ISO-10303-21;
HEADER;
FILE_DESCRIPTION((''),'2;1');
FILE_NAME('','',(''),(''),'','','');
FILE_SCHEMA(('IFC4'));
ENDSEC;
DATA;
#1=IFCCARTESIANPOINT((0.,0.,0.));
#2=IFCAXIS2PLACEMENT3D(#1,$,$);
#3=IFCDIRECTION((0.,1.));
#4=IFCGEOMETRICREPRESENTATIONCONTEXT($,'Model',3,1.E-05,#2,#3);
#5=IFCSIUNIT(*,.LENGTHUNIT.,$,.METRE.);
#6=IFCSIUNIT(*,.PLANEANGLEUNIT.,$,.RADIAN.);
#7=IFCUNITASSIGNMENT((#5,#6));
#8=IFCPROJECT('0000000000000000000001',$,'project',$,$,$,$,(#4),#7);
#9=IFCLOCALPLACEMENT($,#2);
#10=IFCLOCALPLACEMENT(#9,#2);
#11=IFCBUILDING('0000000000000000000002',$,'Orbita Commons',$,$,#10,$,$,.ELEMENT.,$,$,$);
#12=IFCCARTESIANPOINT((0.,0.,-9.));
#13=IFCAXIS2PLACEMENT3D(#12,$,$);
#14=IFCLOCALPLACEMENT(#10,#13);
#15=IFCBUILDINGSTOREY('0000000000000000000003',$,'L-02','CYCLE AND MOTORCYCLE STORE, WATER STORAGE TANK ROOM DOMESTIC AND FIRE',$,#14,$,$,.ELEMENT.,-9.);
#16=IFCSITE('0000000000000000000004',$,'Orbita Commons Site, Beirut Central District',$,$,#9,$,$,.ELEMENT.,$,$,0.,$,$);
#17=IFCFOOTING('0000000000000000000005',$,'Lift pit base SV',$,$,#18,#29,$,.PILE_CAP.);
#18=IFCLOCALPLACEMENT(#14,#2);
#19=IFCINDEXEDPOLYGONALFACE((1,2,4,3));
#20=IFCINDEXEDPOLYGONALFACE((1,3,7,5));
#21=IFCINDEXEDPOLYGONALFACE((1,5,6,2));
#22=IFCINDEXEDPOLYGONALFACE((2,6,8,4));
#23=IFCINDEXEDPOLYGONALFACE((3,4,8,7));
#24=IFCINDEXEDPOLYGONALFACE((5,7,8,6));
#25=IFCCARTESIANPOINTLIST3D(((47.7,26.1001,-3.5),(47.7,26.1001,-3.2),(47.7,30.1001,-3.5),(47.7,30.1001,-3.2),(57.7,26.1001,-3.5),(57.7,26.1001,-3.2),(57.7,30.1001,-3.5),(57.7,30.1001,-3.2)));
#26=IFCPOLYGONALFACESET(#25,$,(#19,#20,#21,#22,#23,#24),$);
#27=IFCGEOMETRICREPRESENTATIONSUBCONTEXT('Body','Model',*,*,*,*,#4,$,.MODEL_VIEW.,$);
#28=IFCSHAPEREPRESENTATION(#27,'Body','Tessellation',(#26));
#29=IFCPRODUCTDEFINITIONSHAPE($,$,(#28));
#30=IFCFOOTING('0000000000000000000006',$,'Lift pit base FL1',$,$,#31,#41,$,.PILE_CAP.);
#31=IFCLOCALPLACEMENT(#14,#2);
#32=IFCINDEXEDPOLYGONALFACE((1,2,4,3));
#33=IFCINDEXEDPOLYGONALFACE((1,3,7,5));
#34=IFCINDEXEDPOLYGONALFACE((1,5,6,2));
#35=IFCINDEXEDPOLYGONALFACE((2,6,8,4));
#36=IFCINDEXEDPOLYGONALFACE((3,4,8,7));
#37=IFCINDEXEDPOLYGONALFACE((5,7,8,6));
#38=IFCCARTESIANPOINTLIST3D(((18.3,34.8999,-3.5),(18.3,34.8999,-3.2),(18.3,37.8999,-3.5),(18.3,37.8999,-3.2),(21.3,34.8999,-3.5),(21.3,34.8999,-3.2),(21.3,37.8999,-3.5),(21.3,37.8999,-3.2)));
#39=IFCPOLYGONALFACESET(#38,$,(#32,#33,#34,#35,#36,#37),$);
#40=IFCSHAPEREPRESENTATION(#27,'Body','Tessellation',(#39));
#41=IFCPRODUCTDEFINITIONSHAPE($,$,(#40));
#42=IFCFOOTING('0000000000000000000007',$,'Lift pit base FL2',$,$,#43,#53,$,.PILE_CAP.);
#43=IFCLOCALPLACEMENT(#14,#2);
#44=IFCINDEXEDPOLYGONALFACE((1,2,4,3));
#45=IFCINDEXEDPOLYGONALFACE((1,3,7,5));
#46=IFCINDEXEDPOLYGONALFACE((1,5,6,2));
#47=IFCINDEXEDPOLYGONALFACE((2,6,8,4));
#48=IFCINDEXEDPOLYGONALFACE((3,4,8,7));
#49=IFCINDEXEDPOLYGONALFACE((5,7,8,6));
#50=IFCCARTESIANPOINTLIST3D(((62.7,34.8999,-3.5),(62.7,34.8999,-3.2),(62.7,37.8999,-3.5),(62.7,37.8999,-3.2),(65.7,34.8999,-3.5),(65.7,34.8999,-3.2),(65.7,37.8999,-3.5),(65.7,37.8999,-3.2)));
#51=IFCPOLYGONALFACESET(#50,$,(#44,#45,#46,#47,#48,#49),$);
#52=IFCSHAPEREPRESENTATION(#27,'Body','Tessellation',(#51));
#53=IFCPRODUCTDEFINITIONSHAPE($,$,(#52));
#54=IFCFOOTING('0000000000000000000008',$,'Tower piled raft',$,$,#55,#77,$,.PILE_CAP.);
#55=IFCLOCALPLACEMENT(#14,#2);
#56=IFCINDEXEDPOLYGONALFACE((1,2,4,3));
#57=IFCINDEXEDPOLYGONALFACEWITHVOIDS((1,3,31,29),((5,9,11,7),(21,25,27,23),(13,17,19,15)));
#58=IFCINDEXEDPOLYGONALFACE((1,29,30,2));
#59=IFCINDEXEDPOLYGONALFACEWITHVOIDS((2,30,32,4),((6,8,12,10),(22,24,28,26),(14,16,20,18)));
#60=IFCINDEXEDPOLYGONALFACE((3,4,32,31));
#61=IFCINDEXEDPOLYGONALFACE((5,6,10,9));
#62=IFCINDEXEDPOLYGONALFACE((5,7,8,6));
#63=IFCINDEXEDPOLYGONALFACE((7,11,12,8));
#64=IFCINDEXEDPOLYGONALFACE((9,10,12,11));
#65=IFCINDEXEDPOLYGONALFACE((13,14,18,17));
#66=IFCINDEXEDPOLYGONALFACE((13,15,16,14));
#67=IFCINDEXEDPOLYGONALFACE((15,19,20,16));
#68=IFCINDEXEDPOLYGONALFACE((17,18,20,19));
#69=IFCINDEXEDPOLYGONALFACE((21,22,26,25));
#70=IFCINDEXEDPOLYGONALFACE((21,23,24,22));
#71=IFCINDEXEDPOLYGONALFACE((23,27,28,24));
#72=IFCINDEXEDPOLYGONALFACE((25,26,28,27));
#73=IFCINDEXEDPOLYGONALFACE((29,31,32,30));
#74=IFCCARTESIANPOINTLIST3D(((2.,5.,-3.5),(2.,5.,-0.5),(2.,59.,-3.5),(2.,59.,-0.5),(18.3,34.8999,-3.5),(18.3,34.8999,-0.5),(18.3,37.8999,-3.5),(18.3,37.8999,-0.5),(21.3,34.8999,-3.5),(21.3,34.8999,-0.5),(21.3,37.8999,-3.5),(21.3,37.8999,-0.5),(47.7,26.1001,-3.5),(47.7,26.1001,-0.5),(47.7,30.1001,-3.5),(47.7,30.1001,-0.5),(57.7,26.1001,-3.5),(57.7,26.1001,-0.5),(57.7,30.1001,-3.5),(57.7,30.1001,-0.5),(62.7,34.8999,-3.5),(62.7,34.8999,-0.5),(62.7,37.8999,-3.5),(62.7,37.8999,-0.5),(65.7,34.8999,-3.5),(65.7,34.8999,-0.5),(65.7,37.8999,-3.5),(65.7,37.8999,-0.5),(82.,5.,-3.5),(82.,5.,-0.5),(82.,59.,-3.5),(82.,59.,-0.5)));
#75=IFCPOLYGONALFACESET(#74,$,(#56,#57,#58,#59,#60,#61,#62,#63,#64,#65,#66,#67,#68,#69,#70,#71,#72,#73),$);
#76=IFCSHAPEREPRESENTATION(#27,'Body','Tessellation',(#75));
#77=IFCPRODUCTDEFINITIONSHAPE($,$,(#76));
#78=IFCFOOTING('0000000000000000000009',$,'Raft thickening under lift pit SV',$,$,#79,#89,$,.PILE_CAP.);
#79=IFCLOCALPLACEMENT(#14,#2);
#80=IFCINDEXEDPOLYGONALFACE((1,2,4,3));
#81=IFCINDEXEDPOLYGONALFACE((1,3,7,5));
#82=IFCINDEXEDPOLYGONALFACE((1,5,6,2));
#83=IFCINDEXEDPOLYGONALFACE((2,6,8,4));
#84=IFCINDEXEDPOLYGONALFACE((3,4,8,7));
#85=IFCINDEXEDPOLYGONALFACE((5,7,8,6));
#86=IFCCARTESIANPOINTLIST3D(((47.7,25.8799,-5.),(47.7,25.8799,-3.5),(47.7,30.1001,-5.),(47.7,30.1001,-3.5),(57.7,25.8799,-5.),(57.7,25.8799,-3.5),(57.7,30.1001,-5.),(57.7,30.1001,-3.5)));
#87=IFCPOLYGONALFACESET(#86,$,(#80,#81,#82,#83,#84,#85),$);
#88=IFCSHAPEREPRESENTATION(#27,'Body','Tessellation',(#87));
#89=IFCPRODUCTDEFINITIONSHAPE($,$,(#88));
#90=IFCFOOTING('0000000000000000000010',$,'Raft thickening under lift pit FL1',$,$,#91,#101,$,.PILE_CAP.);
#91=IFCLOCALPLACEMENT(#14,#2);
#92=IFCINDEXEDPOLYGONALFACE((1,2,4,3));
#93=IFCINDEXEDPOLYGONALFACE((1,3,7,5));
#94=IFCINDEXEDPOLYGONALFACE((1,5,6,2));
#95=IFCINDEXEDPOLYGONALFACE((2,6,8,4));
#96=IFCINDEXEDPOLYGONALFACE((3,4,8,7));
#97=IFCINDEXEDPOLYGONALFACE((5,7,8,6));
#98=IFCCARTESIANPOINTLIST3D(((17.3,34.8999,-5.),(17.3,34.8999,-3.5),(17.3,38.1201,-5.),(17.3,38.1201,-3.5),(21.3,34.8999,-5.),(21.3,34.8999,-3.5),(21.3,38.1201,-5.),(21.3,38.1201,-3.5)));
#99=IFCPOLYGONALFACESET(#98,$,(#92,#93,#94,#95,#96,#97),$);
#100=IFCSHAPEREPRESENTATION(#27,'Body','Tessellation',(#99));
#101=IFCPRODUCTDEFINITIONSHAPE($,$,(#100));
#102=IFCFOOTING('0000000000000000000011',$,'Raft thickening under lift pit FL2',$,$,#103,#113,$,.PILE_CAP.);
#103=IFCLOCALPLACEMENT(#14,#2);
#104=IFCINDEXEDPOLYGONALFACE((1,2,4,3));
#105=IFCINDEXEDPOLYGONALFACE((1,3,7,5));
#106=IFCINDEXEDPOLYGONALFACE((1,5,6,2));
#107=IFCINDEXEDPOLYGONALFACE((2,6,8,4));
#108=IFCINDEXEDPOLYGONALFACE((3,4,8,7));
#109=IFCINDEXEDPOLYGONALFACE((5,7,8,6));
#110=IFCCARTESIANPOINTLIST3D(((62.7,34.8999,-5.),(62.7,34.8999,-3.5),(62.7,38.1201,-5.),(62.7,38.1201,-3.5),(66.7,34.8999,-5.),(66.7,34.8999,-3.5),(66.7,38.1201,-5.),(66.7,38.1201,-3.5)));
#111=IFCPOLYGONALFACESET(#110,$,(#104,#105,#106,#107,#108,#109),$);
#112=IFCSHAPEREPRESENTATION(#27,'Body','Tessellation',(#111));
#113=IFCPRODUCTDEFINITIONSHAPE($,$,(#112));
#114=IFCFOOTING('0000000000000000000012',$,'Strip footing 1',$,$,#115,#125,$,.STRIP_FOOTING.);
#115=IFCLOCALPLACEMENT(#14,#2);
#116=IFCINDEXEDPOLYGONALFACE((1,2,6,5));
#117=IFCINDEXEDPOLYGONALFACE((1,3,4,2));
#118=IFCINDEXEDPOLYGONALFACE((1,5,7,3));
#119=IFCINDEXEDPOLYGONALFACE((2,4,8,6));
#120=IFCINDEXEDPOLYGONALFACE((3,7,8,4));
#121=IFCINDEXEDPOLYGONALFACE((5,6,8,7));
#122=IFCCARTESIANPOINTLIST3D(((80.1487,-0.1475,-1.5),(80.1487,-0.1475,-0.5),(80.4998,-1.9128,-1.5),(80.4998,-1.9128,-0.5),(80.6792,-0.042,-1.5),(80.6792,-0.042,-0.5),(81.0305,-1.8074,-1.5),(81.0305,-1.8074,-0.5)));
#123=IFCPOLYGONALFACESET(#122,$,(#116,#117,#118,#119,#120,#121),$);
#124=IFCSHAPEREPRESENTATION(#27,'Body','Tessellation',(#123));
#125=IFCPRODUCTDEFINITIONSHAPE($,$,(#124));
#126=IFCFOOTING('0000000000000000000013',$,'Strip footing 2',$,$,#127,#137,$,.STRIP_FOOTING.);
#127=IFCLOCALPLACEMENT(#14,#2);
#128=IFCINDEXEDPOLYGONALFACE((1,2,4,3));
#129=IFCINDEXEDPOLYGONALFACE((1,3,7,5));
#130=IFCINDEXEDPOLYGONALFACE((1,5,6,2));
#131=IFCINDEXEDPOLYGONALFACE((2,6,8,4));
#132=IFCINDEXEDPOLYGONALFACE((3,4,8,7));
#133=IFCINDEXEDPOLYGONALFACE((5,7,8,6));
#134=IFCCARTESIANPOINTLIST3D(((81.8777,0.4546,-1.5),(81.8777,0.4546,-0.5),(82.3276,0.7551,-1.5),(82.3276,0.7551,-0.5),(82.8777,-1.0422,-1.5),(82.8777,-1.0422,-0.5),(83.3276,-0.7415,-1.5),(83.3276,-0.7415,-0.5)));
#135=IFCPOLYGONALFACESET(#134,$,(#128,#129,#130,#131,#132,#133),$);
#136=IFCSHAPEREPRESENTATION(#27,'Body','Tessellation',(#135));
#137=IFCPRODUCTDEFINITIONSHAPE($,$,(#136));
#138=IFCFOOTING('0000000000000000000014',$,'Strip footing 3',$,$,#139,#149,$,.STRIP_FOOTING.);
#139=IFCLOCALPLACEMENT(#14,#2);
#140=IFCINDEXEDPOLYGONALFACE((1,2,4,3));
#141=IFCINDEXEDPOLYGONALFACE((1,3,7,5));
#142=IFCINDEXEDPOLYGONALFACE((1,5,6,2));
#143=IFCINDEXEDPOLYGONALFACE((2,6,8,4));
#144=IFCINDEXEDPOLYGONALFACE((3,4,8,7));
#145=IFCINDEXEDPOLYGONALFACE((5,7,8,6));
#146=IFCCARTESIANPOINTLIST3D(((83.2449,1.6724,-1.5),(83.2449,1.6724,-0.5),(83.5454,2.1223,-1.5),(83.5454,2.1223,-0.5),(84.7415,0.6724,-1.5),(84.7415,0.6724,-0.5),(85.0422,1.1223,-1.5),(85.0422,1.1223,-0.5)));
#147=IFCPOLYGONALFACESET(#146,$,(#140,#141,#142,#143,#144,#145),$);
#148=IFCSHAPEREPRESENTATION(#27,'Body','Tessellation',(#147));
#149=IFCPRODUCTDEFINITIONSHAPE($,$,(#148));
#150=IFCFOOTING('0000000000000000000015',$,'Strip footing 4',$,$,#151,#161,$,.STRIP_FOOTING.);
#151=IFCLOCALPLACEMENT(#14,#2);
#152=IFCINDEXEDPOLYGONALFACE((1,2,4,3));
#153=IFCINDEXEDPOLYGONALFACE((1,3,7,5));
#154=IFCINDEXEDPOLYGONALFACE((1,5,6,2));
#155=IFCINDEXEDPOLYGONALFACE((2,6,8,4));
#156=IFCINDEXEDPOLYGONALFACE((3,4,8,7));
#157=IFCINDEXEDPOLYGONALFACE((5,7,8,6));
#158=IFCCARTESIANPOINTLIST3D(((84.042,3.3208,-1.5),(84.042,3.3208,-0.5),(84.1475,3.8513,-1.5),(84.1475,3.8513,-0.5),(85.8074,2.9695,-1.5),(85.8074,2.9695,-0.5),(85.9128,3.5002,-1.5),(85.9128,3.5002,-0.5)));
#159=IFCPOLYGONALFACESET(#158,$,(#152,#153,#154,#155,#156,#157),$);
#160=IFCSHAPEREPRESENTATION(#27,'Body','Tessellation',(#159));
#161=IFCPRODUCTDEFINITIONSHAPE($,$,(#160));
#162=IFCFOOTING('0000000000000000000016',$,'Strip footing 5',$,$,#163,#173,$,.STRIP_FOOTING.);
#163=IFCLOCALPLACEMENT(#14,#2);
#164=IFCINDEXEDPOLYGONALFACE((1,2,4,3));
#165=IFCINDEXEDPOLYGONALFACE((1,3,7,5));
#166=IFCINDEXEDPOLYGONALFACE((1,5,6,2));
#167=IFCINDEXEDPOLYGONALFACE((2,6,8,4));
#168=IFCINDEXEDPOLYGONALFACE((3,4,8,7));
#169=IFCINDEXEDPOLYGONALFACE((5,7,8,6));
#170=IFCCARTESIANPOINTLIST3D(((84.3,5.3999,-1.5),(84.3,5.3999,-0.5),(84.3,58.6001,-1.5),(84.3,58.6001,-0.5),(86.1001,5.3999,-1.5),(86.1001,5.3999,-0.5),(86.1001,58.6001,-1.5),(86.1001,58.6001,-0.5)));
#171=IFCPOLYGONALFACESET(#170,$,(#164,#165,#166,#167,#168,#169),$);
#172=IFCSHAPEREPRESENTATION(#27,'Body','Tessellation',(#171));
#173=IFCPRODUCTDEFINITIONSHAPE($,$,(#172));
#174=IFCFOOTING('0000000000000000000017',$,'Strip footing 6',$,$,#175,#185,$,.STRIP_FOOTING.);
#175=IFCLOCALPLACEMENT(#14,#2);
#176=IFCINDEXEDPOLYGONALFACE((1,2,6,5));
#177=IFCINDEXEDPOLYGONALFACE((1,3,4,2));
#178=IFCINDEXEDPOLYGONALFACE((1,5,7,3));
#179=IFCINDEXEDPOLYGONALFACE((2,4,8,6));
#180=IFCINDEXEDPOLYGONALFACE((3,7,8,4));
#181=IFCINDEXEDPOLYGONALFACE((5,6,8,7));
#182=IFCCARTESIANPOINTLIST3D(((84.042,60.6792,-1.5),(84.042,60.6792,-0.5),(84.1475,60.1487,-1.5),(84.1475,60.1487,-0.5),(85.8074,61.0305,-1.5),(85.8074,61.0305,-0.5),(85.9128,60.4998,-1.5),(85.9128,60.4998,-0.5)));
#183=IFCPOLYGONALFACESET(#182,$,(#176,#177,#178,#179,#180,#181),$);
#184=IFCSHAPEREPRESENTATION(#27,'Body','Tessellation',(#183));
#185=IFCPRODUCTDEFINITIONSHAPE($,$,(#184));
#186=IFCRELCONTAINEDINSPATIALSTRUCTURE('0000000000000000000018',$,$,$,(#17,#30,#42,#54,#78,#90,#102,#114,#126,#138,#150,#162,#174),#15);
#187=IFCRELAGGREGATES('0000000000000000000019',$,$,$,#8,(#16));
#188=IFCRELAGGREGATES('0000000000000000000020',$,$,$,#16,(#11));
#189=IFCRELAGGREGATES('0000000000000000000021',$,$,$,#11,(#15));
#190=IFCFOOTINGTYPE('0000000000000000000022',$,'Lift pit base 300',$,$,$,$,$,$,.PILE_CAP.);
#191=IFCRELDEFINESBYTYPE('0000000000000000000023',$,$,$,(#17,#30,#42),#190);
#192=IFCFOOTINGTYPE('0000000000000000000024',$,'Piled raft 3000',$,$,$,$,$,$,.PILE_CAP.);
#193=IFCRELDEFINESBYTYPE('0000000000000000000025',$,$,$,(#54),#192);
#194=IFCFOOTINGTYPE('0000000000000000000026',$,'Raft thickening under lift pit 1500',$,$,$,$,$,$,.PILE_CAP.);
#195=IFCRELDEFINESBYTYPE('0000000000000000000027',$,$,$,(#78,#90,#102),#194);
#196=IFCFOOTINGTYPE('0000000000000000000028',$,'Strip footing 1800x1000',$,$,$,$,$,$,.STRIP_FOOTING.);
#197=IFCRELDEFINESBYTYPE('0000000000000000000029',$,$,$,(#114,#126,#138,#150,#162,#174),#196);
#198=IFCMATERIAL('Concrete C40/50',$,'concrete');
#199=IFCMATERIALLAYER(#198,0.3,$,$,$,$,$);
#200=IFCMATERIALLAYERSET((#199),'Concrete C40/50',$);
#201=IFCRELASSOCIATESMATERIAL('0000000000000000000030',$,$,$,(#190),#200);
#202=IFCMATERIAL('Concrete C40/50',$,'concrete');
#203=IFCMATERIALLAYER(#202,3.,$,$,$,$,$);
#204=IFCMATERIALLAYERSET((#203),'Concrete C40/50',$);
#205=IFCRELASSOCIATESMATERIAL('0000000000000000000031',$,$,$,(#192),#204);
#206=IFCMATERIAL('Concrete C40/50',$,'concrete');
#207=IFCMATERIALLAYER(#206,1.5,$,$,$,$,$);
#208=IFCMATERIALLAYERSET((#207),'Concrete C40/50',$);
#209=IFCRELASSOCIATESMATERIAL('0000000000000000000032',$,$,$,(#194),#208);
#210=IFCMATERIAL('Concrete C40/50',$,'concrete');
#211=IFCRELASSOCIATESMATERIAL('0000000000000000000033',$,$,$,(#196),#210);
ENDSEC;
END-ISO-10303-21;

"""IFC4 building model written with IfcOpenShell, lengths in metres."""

from ifc_helpers import new_model, si_unit, direction, frame, origin, place, context, subcontext, project, spatial, polyline, outline, extrude, material, layer, layer_set, type_object, element, save


model = new_model("IFC4")

# Units and contexts
model_context = context("Model", 3, precision=1e-05, world=origin(), true_north=direction((0.0, 1.0)))
body_context = subcontext(model_context, "Body", "Model", "MODEL_VIEW")
ifc_project = project(units=[si_unit("LENGTHUNIT", "METRE"), si_unit("PLANEANGLEUNIT", "RADIAN")], contexts=[model_context])

# Site, building, storey
site_placement = place(None, origin())
site = spatial("IfcSite", under=ifc_project, at=site_placement, Name="Orbita Commons Site, Beirut Central District", CompositionType="ELEMENT", RefElevation=0.0)
building_placement = place(site_placement, origin())
building = spatial("IfcBuilding", under=site, at=building_placement, Name="Orbita Commons", CompositionType="ELEMENT")
storey_placement = place(building_placement, frame((0.0, 0.0, -9.0)))
storey = spatial("IfcBuildingStorey", under=building, at=storey_placement, Name="L-02", Description="CYCLE AND MOTORCYCLE STORE, WATER STORAGE TANK ROOM DOMESTIC AND FIRE", CompositionType="ELEMENT", Elevation=-9.0)

# Footings
ifc_material_1 = material(Name="Concrete C40/50", Category="concrete")
ifc_layer_1 = layer(ifc_material_1, 0.3)
ifc_layer_set_1 = layer_set([ifc_layer_1], Name="Concrete C40/50")
footing_type_1 = type_object("IfcFootingType", Name="Lift pit base 300", PredefinedType="PILE_CAP", material=ifc_layer_set_1)
footing_1_placement = place(storey_placement, frame((0.0, 0.0, -3.5)))
element("IfcFooting", 1, at=footing_1_placement, inside=storey, type_object=footing_type_1, Name="Lift pit base SV", PredefinedType="PILE_CAP", context=body_context, shape_type="SweptSolid", body=[
    extrude(outline(polyline([(47.7, 26.1001), (57.7, 26.1001), (57.7, 30.1001), (47.7, 30.1001), (47.7, 26.1001)])), origin(), (0.0, 0.0, 1.0), 0.3),
])
footing_2_placement = place(storey_placement, frame((0.0, 0.0, -3.5)))
element("IfcFooting", 2, at=footing_2_placement, inside=storey, type_object=footing_type_1, Name="Lift pit base FL1", PredefinedType="PILE_CAP", context=body_context, shape_type="SweptSolid", body=[
    extrude(outline(polyline([(18.3, 34.8999), (21.3, 34.8999), (21.3, 37.8999), (18.3, 37.8999), (18.3, 34.8999)])), origin(), (0.0, 0.0, 1.0), 0.3),
])
footing_3_placement = place(storey_placement, frame((0.0, 0.0, -3.5)))
element("IfcFooting", 3, at=footing_3_placement, inside=storey, type_object=footing_type_1, Name="Lift pit base FL2", PredefinedType="PILE_CAP", context=body_context, shape_type="SweptSolid", body=[
    extrude(outline(polyline([(62.7, 34.8999), (65.7, 34.8999), (65.7, 37.8999), (62.7, 37.8999), (62.7, 34.8999)])), origin(), (0.0, 0.0, 1.0), 0.3),
])
ifc_material_2 = material(Name="Concrete C40/50", Category="concrete")
ifc_layer_2 = layer(ifc_material_2, 3.0)
ifc_layer_set_2 = layer_set([ifc_layer_2], Name="Concrete C40/50")
footing_type_2 = type_object("IfcFootingType", Name="Piled raft 3000", PredefinedType="PILE_CAP", material=ifc_layer_set_2)
footing_4_placement = place(storey_placement, frame((0.0, 0.0, -3.5)))
element("IfcFooting", 4, at=footing_4_placement, inside=storey, type_object=footing_type_2, Name="Tower piled raft", PredefinedType="PILE_CAP", context=body_context, shape_type="SweptSolid", body=[
    extrude(outline(polyline([(2.0, 5.0), (82.0, 5.0), (82.0, 59.0), (2.0, 59.0), (2.0, 5.0)]), holes=[polyline([(47.7, 26.1001), (57.7, 26.1001), (57.7, 30.1001), (47.7, 30.1001), (47.7, 26.1001)]), polyline([(18.3, 34.8999), (21.3, 34.8999), (21.3, 37.8999), (18.3, 37.8999), (18.3, 34.8999)]), polyline([(62.7, 34.8999), (65.7, 34.8999), (65.7, 37.8999), (62.7, 37.8999), (62.7, 34.8999)])]), origin(), (0.0, 0.0, 1.0), 3.0),
])
ifc_material_3 = material(Name="Concrete C40/50", Category="concrete")
ifc_layer_3 = layer(ifc_material_3, 1.5)
ifc_layer_set_3 = layer_set([ifc_layer_3], Name="Concrete C40/50")
footing_type_3 = type_object("IfcFootingType", Name="Raft thickening under lift pit 1500", PredefinedType="PILE_CAP", material=ifc_layer_set_3)
footing_5_placement = place(storey_placement, frame((0.0, 0.0, -5.0)))
element("IfcFooting", 5, at=footing_5_placement, inside=storey, type_object=footing_type_3, Name="Raft thickening under lift pit SV", PredefinedType="PILE_CAP", context=body_context, shape_type="SweptSolid", body=[
    extrude(outline(polyline([(47.7, 25.8799), (57.7, 25.8799), (57.7, 30.1001), (47.7, 30.1001), (47.7, 25.8799)])), origin(), (0.0, 0.0, 1.0), 1.5),
])
footing_6_placement = place(storey_placement, frame((0.0, 0.0, -5.0)))
element("IfcFooting", 6, at=footing_6_placement, inside=storey, type_object=footing_type_3, Name="Raft thickening under lift pit FL1", PredefinedType="PILE_CAP", context=body_context, shape_type="SweptSolid", body=[
    extrude(outline(polyline([(17.3, 34.8999), (21.3, 34.8999), (21.3, 38.1201), (17.3, 38.1201), (17.3, 34.8999)])), origin(), (0.0, 0.0, 1.0), 1.5),
])
footing_7_placement = place(storey_placement, frame((0.0, 0.0, -5.0)))
element("IfcFooting", 7, at=footing_7_placement, inside=storey, type_object=footing_type_3, Name="Raft thickening under lift pit FL2", PredefinedType="PILE_CAP", context=body_context, shape_type="SweptSolid", body=[
    extrude(outline(polyline([(62.7, 34.8999), (66.7, 34.8999), (66.7, 38.1201), (62.7, 38.1201), (62.7, 34.8999)])), origin(), (0.0, 0.0, 1.0), 1.5),
])
ifc_material_4 = material(Name="Concrete C40/50", Category="concrete")
footing_type_4 = type_object("IfcFootingType", Name="Strip footing 1800x1000", PredefinedType="STRIP_FOOTING", material=ifc_material_4)
footing_8_placement = place(storey_placement, frame((0.0, 0.0, -1.5)))
element("IfcFooting", 8, at=footing_8_placement, inside=storey, type_object=footing_type_4, Name="Strip footing 1", PredefinedType="STRIP_FOOTING", context=body_context, shape_type="SweptSolid", body=[
    extrude(outline(polyline([(80.4998, -1.9128), (81.0305, -1.8074), (80.6792, -0.042), (80.1487, -0.1475), (80.4998, -1.9128)])), origin(), (0.0, 0.0, 1.0), 1.0),
])
footing_9_placement = place(storey_placement, frame((0.0, 0.0, -1.5)))
element("IfcFooting", 9, at=footing_9_placement, inside=storey, type_object=footing_type_4, Name="Strip footing 2", PredefinedType="STRIP_FOOTING", context=body_context, shape_type="SweptSolid", body=[
    extrude(outline(polyline([(82.8777, -1.0422), (83.3276, -0.7415), (82.3276, 0.7551), (81.8777, 0.4546), (82.8777, -1.0422)])), origin(), (0.0, 0.0, 1.0), 1.0),
])
footing_10_placement = place(storey_placement, frame((0.0, 0.0, -1.5)))
element("IfcFooting", 10, at=footing_10_placement, inside=storey, type_object=footing_type_4, Name="Strip footing 3", PredefinedType="STRIP_FOOTING", context=body_context, shape_type="SweptSolid", body=[
    extrude(outline(polyline([(84.7415, 0.6724), (85.0422, 1.1223), (83.5454, 2.1223), (83.2449, 1.6724), (84.7415, 0.6724)])), origin(), (0.0, 0.0, 1.0), 1.0),
])
footing_11_placement = place(storey_placement, frame((0.0, 0.0, -1.5)))
element("IfcFooting", 11, at=footing_11_placement, inside=storey, type_object=footing_type_4, Name="Strip footing 4", PredefinedType="STRIP_FOOTING", context=body_context, shape_type="SweptSolid", body=[
    extrude(outline(polyline([(85.8074, 2.9695), (85.9128, 3.5002), (84.1475, 3.8513), (84.042, 3.3208), (85.8074, 2.9695)])), origin(), (0.0, 0.0, 1.0), 1.0),
])
footing_12_placement = place(storey_placement, frame((0.0, 0.0, -1.5)))
element("IfcFooting", 12, at=footing_12_placement, inside=storey, type_object=footing_type_4, Name="Strip footing 5", PredefinedType="STRIP_FOOTING", context=body_context, shape_type="SweptSolid", body=[
    extrude(outline(polyline([(86.1001, 5.3999), (86.1001, 58.6001), (84.3, 58.6001), (84.3, 5.3999), (86.1001, 5.3999)])), origin(), (0.0, 0.0, 1.0), 1.0),
])
footing_13_placement = place(storey_placement, frame((0.0, 0.0, -1.5)))
element("IfcFooting", 13, at=footing_13_placement, inside=storey, type_object=footing_type_4, Name="Strip footing 6", PredefinedType="STRIP_FOOTING", context=body_context, shape_type="SweptSolid", body=[
    extrude(outline(polyline([(85.9128, 60.4998), (85.8074, 61.0305), (84.042, 60.6792), (84.1475, 60.1487), (85.9128, 60.4998)])), origin(), (0.0, 0.0, 1.0), 1.0),
])

save(model, "model.ifc")
